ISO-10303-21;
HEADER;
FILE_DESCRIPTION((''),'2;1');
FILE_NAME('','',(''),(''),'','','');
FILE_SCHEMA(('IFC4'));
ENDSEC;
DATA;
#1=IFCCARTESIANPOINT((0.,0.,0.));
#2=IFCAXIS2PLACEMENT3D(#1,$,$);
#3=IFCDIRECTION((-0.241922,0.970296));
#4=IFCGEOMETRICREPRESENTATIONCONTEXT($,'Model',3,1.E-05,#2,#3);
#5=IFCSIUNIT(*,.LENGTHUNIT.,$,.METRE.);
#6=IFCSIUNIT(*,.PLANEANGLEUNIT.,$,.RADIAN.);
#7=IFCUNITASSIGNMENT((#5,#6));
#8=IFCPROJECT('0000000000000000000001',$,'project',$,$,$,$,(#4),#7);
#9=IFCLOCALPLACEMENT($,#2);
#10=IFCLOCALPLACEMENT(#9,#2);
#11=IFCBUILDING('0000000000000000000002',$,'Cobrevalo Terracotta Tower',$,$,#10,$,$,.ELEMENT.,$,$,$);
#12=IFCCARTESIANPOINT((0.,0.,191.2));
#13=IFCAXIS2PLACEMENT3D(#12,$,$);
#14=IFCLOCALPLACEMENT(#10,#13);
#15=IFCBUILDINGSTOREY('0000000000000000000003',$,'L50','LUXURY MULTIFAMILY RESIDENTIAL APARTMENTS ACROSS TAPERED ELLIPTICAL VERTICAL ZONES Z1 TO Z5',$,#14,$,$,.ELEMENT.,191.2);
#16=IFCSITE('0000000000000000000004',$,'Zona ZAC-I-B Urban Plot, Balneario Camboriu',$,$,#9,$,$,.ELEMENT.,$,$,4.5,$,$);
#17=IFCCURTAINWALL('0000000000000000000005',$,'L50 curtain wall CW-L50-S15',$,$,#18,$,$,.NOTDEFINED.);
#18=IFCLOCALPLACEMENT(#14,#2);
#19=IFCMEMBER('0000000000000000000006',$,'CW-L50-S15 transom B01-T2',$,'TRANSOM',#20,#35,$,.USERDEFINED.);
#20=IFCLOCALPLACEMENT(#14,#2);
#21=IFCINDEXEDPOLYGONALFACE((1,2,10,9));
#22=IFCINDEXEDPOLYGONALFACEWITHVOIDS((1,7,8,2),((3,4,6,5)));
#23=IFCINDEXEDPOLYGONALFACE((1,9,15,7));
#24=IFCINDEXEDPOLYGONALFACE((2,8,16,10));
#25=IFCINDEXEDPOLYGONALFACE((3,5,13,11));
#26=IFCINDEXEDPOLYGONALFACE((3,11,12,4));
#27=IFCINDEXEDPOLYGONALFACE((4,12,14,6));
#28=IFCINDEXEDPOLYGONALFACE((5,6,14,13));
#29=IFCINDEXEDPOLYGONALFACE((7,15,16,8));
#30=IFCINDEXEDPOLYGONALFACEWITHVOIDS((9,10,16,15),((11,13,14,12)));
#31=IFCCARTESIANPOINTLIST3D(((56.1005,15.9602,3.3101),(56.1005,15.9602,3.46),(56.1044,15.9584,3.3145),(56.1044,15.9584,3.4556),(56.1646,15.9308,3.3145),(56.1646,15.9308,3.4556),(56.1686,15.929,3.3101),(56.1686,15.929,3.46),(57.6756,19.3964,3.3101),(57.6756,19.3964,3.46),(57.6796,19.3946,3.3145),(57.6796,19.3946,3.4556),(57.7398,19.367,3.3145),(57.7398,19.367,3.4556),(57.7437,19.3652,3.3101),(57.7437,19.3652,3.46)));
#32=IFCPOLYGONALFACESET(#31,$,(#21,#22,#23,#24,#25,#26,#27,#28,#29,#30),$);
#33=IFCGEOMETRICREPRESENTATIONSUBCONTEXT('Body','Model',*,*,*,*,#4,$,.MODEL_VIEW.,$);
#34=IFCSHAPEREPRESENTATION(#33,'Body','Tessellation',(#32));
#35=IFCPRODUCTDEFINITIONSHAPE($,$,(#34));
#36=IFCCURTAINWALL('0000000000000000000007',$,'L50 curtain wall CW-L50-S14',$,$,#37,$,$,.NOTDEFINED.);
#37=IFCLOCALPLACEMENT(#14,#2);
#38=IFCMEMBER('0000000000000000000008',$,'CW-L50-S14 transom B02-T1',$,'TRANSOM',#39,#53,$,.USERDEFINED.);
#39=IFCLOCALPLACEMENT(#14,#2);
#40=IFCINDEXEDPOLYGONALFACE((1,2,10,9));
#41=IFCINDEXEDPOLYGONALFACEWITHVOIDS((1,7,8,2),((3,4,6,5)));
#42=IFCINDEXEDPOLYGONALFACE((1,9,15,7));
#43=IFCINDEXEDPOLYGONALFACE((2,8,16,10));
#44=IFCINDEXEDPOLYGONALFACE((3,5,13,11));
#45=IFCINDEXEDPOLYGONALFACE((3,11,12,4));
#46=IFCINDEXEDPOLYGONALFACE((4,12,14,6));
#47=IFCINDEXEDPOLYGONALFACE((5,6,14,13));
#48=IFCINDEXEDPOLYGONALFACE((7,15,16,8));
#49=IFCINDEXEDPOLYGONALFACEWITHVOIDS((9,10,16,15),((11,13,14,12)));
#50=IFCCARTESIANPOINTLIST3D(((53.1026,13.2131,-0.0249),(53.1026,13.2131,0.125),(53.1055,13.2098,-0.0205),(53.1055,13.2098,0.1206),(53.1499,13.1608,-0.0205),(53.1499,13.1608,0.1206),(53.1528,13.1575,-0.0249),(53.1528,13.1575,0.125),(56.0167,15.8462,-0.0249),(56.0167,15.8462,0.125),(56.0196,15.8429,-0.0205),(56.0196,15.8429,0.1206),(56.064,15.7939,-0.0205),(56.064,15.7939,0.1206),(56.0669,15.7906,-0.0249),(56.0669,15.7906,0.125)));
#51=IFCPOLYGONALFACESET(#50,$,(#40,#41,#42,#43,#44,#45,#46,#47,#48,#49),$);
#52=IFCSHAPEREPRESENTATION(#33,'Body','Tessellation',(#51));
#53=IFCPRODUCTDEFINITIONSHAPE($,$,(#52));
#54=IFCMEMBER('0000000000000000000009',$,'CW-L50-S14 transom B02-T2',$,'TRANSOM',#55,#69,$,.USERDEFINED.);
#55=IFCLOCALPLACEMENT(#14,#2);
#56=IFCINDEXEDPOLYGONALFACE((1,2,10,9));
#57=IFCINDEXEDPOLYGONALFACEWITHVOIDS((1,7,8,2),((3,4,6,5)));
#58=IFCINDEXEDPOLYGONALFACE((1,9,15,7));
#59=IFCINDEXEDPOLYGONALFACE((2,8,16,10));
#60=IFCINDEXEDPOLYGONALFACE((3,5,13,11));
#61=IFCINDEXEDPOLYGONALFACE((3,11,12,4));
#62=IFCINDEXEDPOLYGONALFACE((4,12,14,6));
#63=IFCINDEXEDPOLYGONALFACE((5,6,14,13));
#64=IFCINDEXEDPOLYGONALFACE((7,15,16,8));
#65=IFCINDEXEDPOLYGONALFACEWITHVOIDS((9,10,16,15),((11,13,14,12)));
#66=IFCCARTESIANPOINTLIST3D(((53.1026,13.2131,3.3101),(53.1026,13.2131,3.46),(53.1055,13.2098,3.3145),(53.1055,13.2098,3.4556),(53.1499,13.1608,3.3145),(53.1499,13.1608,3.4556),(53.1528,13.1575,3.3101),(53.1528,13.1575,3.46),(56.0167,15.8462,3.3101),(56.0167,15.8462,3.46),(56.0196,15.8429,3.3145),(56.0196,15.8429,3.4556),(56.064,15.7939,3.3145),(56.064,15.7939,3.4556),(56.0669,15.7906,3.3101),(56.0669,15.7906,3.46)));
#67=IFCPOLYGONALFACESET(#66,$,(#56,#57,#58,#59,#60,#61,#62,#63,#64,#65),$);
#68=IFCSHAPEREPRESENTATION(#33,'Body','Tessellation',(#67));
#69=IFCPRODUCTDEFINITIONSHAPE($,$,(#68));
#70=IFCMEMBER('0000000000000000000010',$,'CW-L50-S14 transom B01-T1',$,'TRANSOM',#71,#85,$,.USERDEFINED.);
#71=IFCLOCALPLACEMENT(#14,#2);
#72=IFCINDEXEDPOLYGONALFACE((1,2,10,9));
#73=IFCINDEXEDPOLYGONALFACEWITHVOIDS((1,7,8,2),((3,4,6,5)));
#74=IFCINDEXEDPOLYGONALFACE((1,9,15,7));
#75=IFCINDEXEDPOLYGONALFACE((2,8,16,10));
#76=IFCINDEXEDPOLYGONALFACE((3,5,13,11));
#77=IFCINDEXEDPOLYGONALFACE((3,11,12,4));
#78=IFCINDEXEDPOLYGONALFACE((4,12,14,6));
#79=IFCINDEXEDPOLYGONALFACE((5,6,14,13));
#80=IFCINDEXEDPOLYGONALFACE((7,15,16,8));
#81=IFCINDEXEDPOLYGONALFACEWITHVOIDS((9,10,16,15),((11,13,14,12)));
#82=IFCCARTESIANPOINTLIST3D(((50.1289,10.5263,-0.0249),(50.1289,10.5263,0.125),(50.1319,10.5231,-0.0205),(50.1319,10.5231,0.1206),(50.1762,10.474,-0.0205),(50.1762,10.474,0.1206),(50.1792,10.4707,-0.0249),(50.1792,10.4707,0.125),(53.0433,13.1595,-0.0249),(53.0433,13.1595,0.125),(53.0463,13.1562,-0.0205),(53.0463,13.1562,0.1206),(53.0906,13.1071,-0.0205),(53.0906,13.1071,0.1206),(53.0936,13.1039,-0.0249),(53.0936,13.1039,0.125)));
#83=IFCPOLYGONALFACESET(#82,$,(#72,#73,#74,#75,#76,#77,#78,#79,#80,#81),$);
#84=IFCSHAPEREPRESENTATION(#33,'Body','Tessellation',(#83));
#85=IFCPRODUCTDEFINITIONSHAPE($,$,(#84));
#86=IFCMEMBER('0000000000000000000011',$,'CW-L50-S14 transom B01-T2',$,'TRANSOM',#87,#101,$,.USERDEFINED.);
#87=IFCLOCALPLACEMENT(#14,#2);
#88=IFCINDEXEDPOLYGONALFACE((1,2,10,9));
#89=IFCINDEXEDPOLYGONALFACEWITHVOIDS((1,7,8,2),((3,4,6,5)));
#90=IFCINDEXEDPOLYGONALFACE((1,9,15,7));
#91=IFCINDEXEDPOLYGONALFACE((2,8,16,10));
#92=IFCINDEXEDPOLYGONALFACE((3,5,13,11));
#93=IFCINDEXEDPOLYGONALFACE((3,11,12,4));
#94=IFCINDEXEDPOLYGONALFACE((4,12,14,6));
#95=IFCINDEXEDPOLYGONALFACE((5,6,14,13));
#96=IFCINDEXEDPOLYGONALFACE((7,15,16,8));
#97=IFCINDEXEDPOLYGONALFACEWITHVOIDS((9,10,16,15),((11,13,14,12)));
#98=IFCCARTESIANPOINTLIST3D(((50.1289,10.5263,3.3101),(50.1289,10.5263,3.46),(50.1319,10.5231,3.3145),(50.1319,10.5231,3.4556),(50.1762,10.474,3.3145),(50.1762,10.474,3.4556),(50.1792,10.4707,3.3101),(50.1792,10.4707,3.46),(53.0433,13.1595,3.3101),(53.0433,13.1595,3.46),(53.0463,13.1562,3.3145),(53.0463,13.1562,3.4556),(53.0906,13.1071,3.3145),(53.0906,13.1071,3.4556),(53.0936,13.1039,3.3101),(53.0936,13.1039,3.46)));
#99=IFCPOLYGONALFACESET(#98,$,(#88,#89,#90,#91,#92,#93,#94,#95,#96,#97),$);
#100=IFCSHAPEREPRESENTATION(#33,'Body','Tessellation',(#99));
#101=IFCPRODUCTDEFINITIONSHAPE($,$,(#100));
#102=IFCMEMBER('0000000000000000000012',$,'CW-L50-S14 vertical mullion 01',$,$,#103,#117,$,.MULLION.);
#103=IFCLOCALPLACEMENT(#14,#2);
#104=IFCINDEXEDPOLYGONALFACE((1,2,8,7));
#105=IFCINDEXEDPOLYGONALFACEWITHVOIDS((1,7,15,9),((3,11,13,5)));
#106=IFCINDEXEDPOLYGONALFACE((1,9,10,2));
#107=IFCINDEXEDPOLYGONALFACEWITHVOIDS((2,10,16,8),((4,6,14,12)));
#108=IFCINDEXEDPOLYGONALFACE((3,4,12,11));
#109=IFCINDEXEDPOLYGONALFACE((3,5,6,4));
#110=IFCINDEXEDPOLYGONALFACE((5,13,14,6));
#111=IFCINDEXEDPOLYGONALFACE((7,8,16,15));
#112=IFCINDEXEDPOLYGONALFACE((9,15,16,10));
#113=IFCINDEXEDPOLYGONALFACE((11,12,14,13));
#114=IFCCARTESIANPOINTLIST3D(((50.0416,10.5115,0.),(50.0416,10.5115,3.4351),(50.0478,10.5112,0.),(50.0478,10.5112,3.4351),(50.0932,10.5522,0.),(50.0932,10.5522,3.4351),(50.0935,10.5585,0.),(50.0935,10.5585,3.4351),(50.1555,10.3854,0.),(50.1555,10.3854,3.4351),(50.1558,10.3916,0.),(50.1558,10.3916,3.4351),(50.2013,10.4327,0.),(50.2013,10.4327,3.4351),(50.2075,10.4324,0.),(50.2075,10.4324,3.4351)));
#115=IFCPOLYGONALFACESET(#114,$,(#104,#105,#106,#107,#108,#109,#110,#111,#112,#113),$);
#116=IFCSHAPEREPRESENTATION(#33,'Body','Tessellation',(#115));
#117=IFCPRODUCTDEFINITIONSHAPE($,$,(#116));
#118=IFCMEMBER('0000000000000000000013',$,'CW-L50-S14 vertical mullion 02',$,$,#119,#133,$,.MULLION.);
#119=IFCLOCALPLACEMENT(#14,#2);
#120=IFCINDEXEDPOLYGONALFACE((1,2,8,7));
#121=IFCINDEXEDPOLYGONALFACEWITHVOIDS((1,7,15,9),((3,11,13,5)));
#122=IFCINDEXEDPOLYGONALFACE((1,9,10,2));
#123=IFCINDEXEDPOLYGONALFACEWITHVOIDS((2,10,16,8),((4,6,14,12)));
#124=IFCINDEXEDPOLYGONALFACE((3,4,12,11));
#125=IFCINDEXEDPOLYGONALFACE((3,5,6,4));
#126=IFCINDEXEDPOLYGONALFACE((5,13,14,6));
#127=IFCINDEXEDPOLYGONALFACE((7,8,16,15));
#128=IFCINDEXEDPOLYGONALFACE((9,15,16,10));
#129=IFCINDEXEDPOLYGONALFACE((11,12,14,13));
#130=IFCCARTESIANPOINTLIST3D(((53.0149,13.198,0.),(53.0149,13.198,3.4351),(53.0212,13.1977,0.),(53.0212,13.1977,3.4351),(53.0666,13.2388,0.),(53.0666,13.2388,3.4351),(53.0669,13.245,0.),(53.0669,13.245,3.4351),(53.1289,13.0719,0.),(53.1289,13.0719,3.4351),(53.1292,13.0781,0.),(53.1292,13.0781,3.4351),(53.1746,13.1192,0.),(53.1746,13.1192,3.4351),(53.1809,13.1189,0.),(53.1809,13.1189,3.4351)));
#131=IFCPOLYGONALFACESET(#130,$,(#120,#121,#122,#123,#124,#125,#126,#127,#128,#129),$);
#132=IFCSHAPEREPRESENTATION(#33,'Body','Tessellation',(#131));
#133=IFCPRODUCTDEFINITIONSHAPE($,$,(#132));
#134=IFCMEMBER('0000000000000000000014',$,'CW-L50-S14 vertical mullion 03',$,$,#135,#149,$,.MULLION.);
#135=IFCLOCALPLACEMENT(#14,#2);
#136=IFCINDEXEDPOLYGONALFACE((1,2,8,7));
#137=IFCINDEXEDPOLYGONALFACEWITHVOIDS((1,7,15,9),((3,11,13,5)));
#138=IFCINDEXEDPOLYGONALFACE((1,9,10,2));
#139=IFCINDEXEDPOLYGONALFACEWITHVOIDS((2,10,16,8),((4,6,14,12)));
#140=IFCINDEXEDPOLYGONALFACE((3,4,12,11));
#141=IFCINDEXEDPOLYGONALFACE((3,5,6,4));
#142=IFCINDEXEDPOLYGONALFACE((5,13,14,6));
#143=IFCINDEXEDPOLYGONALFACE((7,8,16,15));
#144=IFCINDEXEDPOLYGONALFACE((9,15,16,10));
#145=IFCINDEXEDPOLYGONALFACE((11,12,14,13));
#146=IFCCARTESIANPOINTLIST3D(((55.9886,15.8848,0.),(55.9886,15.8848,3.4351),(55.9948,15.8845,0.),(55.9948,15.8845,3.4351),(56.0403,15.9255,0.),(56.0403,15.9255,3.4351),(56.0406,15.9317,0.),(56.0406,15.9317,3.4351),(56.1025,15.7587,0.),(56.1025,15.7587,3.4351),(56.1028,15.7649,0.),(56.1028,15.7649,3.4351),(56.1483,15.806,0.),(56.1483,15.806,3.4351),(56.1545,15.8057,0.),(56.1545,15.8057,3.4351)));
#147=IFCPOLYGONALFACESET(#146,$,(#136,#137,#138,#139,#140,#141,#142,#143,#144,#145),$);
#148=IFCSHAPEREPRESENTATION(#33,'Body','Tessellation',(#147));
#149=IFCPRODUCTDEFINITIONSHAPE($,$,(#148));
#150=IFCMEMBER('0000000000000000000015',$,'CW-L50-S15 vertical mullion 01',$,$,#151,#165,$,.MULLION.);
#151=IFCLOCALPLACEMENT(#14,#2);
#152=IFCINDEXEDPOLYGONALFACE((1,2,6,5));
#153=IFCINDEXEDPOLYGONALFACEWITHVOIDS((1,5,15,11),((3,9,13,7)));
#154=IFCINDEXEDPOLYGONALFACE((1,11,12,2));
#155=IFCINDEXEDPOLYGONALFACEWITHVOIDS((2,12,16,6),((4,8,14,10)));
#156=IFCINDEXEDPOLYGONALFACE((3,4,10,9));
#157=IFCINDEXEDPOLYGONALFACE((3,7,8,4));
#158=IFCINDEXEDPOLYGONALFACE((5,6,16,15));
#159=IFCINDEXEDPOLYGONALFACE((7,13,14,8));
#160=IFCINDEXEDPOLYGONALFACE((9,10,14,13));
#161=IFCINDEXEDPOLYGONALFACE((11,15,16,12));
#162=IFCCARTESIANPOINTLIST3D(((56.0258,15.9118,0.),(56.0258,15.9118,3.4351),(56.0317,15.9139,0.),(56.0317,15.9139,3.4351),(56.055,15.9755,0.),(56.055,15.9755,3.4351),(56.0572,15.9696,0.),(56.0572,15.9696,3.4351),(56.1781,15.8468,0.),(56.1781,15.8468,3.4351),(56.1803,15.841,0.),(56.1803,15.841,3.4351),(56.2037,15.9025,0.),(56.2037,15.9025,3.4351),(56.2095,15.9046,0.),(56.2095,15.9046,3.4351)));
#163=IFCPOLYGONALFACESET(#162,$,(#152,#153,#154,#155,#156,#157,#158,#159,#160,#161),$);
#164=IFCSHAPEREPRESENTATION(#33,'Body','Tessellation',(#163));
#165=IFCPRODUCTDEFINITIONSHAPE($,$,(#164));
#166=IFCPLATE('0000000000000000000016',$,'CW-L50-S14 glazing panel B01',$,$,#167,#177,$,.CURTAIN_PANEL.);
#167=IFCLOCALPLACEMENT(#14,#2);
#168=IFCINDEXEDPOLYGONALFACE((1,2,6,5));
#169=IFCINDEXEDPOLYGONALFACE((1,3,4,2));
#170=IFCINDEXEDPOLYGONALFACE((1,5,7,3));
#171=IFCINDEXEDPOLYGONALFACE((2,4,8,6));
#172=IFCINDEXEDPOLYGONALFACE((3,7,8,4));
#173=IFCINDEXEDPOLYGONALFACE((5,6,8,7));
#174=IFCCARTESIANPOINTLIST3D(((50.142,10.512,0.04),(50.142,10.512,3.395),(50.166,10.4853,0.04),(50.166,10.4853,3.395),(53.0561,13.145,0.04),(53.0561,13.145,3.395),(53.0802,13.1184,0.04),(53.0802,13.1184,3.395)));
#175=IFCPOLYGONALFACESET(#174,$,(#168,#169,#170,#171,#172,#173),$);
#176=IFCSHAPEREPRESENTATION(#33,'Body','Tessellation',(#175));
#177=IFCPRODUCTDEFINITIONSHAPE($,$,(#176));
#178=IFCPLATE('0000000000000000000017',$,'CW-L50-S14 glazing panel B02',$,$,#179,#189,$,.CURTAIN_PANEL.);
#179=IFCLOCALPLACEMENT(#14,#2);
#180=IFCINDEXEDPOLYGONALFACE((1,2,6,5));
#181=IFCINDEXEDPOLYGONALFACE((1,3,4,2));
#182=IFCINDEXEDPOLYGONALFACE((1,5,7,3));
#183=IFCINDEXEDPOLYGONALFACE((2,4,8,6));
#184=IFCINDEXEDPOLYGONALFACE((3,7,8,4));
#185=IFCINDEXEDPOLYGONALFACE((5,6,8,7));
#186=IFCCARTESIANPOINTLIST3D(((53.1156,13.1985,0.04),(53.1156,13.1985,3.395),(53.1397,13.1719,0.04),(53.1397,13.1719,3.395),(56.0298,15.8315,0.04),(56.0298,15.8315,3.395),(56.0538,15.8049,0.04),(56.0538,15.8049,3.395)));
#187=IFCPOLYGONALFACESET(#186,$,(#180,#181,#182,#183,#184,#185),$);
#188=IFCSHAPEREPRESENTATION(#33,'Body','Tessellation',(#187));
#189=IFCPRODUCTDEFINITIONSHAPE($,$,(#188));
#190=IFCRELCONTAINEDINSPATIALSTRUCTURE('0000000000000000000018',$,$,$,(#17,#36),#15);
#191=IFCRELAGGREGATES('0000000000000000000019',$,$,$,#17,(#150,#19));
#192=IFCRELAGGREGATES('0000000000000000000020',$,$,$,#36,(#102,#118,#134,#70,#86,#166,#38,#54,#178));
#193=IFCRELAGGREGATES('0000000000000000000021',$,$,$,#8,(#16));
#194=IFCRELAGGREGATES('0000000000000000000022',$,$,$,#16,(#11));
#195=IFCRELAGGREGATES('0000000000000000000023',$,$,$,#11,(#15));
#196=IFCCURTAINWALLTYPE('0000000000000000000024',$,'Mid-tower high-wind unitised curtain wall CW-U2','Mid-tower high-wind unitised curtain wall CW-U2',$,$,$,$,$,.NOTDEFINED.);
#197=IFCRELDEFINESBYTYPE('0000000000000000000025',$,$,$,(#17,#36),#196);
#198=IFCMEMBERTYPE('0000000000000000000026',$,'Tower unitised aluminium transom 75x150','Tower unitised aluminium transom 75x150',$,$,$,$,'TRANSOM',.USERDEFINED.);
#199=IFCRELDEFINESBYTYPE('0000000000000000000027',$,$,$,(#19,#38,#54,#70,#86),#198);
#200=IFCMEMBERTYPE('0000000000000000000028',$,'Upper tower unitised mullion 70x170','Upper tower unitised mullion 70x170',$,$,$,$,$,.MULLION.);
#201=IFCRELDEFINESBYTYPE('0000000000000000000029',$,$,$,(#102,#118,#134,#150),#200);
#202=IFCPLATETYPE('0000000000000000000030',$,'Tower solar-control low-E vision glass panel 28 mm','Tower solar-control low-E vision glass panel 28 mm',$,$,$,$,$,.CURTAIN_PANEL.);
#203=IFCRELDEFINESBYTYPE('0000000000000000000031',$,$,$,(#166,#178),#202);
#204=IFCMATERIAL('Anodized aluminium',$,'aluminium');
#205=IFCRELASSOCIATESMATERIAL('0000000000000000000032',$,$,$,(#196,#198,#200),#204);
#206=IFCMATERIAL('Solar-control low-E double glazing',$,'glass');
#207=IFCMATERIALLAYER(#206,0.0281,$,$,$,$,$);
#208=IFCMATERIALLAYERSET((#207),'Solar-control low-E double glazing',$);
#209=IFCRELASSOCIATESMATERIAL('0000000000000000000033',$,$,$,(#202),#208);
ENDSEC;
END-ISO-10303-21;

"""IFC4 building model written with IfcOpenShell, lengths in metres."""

from ifc_helpers import new_model, si_unit, direction, frame, origin, origin_2d, place, context, subcontext, project, spatial, rectangle, hollow_rectangle, extrude, source, transform, mapped, material, layer, layer_set, material_profile, profile_set, type_object, element, aggregate, save


model = new_model("IFC4")

# Units and contexts
model_context = context("Model", 3, precision=1e-05, world=origin(), true_north=direction((-0.241922, 0.970296)))
body_context = subcontext(model_context, "Body", "Model", "MODEL_VIEW")
ifc_project = project(units=[si_unit("LENGTHUNIT", "METRE"), si_unit("PLANEANGLEUNIT", "RADIAN")], contexts=[model_context])

# Site, building, storey
site_placement = place(None, origin())
site = spatial("IfcSite", under=ifc_project, at=site_placement, Name="Zona ZAC-I-B Urban Plot, Balneario Camboriu", CompositionType="ELEMENT", RefElevation=4.5)
building_placement = place(site_placement, origin())
building = spatial("IfcBuilding", under=site, at=building_placement, Name="Cobrevalo Terracotta Tower", CompositionType="ELEMENT")
storey_placement = place(building_placement, frame((0.0, 0.0, 191.2)))
storey = spatial("IfcBuildingStorey", under=building, at=storey_placement, Name="L50", Description="LUXURY MULTIFAMILY RESIDENTIAL APARTMENTS ACROSS TAPERED ELLIPTICAL VERTICAL ZONES Z1 TO Z5", CompositionType="ELEMENT", Elevation=191.2)

# Curtain walls, members
ifc_material_1 = material(Name="Anodized aluminium", Category="aluminium")
curtain_wall_type = type_object("IfcCurtainWallType", Name="Mid-tower high-wind unitised curtain wall CW-U2", Description="Mid-tower high-wind unitised curtain wall CW-U2", PredefinedType="NOTDEFINED", material=ifc_material_1)
curtain_wall_1_placement = place(storey_placement, origin())
curtain_wall_1 = element("IfcCurtainWall", 1, at=curtain_wall_1_placement, inside=storey, type_object=curtain_wall_type, Name="L50 curtain wall CW-L50-S15", PredefinedType="NOTDEFINED")
ifc_material_profile_1 = material_profile(ifc_material_1, hollow_rectangle(XDim=0.075, YDim=0.1499, WallThickness=0.0044, at=origin_2d()), Name="CWT 75x150")
ifc_profile_set_1 = profile_set([ifc_material_profile_1], Name="Anodized aluminium")
member_type_1 = type_object("IfcMemberType", Name="Tower unitised aluminium transom 75x150", Description="Tower unitised aluminium transom 75x150", ElementType="TRANSOM", PredefinedType="USERDEFINED", material=ifc_profile_set_1)
shared_shape_1 = source(origin(), body_context, "Body", "SweptSolid", [
    extrude(hollow_rectangle(XDim=0.075, YDim=0.1499, WallThickness=0.0044, at=origin_2d()), origin(), (0.0, 0.0, 1.0), 3.78),
])
member_1_placement = place(storey_placement, frame((56.1345, 15.9446, 3.385), z_axis=(0.416706, 0.909041, 0.0), x_axis=(-0.909041, 0.416706, 0.0)))
member_1 = element("IfcMember", 2, at=member_1_placement, type_object=member_type_1, Name="CW-L50-S15 transom B01-T2", ObjectType="TRANSOM", PredefinedType="USERDEFINED", context=body_context, shape_type="MappedRepresentation", body=[
    mapped(shared_shape_1, transform((0.0, 0.0, 0.0), scale=1.0)),
])
curtain_wall_2_placement = place(storey_placement, origin())
curtain_wall_2 = element("IfcCurtainWall", 3, at=curtain_wall_2_placement, inside=storey, type_object=curtain_wall_type, Name="L50 curtain wall CW-L50-S14", PredefinedType="NOTDEFINED")
shared_shape_2 = source(origin(), body_context, "Body", "SweptSolid", [
    extrude(hollow_rectangle(XDim=0.075, YDim=0.1499, WallThickness=0.0044, at=origin_2d()), origin(), (0.0, 0.0, 1.0), 3.9275),
])
member_2_placement = place(storey_placement, frame((53.1277, 13.1853, 0.05), z_axis=(0.741976, 0.670426, 0.0), x_axis=(-0.670426, 0.741976, 0.0)))
member_2 = element("IfcMember", 4, at=member_2_placement, type_object=member_type_1, Name="CW-L50-S14 transom B02-T1", ObjectType="TRANSOM", PredefinedType="USERDEFINED", context=body_context, shape_type="MappedRepresentation", body=[
    mapped(shared_shape_2, transform((0.0, 0.0, 0.0), scale=1.0)),
])
member_3_placement = place(storey_placement, frame((53.1277, 13.1853, 3.385), z_axis=(0.741976, 0.670426, 0.0), x_axis=(-0.670426, 0.741976, 0.0)))
member_3 = element("IfcMember", 5, at=member_3_placement, type_object=member_type_1, Name="CW-L50-S14 transom B02-T2", ObjectType="TRANSOM", PredefinedType="USERDEFINED", context=body_context, shape_type="MappedRepresentation", body=[
    mapped(shared_shape_2, transform((0.0, 0.0, 0.0), scale=1.0)),
])
shared_shape_3 = source(origin(), body_context, "Body", "SweptSolid", [
    extrude(hollow_rectangle(XDim=0.075, YDim=0.1499, WallThickness=0.0044, at=origin_2d()), origin(), (0.0, 0.0, 1.0), 3.9277),
])
member_4_placement = place(storey_placement, frame((50.1541, 10.4985, 0.05), z_axis=(0.742004, 0.670396, 0.0), x_axis=(-0.670396, 0.742004, 0.0)))
member_4 = element("IfcMember", 6, at=member_4_placement, type_object=member_type_1, Name="CW-L50-S14 transom B01-T1", ObjectType="TRANSOM", PredefinedType="USERDEFINED", context=body_context, shape_type="MappedRepresentation", body=[
    mapped(shared_shape_3, transform((0.0, 0.0, 0.0), scale=1.0)),
])
member_5_placement = place(storey_placement, frame((50.1541, 10.4985, 3.385), z_axis=(0.742004, 0.670396, 0.0), x_axis=(-0.670396, 0.742004, 0.0)))
member_5 = element("IfcMember", 7, at=member_5_placement, type_object=member_type_1, Name="CW-L50-S14 transom B01-T2", ObjectType="TRANSOM", PredefinedType="USERDEFINED", context=body_context, shape_type="MappedRepresentation", body=[
    mapped(shared_shape_3, transform((0.0, 0.0, 0.0), scale=1.0)),
])
ifc_material_profile_2 = material_profile(ifc_material_1, hollow_rectangle(XDim=0.0701, YDim=0.1699, WallThickness=0.0044, at=origin_2d()), Name="CWM 70x170")
ifc_profile_set_2 = profile_set([ifc_material_profile_2], Name="Anodized aluminium")
member_type_2 = type_object("IfcMemberType", Name="Upper tower unitised mullion 70x170", Description="Upper tower unitised mullion 70x170", PredefinedType="MULLION", material=ifc_profile_set_2)
shared_shape_4 = source(origin(), body_context, "Body", "SweptSolid", [
    extrude(hollow_rectangle(XDim=0.0701, YDim=0.1699, WallThickness=0.0044, at=origin_2d()), origin(), (0.0, 0.0, 1.0), 3.4351),
])
member_6_placement = place(storey_placement, frame((50.1245, 10.4719, 0.0), z_axis=(0.0, 0.0, 1.0), x_axis=(0.741988, 0.670414, 0.0)))
member_6 = element("IfcMember", 8, at=member_6_placement, type_object=member_type_2, Name="CW-L50-S14 vertical mullion 01", PredefinedType="MULLION", context=body_context, shape_type="MappedRepresentation", body=[
    mapped(shared_shape_4, transform((0.0, 0.0, 0.0), scale=1.0)),
])
member_7_placement = place(storey_placement, frame((53.0979, 13.1584, 0.0), z_axis=(0.0, 0.0, 1.0), x_axis=(0.741988, 0.670414, 0.0)))
member_7 = element("IfcMember", 9, at=member_7_placement, type_object=member_type_2, Name="CW-L50-S14 vertical mullion 02", PredefinedType="MULLION", context=body_context, shape_type="MappedRepresentation", body=[
    mapped(shared_shape_4, transform((0.0, 0.0, 0.0), scale=1.0)),
])
member_8_placement = place(storey_placement, frame((56.0715, 15.8452, 0.0), z_axis=(0.0, 0.0, 1.0), x_axis=(0.741988, 0.670414, 0.0)))
member_8 = element("IfcMember", 10, at=member_8_placement, type_object=member_type_2, Name="CW-L50-S14 vertical mullion 03", PredefinedType="MULLION", context=body_context, shape_type="MappedRepresentation", body=[
    mapped(shared_shape_4, transform((0.0, 0.0, 0.0), scale=1.0)),
])

# Member
member_9_placement = place(storey_placement, frame((56.1177, 15.9082, 0.0), z_axis=(0.0, 0.0, 1.0), x_axis=(0.416725, 0.909033, 0.0)))
member_9 = element("IfcMember", 11, at=member_9_placement, type_object=member_type_2, Name="CW-L50-S15 vertical mullion 01", PredefinedType="MULLION", context=body_context, shape_type="MappedRepresentation", body=[
    mapped(shared_shape_4, transform((0.0, 0.0, 0.0), scale=1.0)),
])
aggregate(curtain_wall_1, [member_9, member_1])

# Plates
ifc_material_2 = material(Name="Solar-control low-E double glazing", Category="glass")
ifc_layer_1 = layer(ifc_material_2, 0.0281)
ifc_layer_set_1 = layer_set([ifc_layer_1], Name="Solar-control low-E double glazing")
plate_type = type_object("IfcPlateType", Name="Tower solar-control low-E vision glass panel 28 mm", Description="Tower solar-control low-E vision glass panel 28 mm", PredefinedType="CURTAIN_PANEL", material=ifc_layer_set_1)
shared_shape_5 = source(origin(), body_context, "Body", "SweptSolid", [
    extrude(rectangle(XDim=3.9275, YDim=0.0359, at=origin_2d()), origin(), (0.0, 0.0, 1.0), 3.355),
])
plate_1_placement = place(storey_placement, frame((51.6111, 11.8152, 0.04), z_axis=(0.0, 0.0, 1.0), x_axis=(0.741988, 0.670414, 0.0)))
plate_1 = element("IfcPlate", 12, at=plate_1_placement, type_object=plate_type, Name="CW-L50-S14 glazing panel B01", PredefinedType="CURTAIN_PANEL", context=body_context, shape_type="MappedRepresentation", body=[
    mapped(shared_shape_5, transform((0.0, 0.0, 0.0), scale=1.0)),
])
plate_2_placement = place(storey_placement, frame((54.5847, 14.5017, 0.04), z_axis=(0.0, 0.0, 1.0), x_axis=(0.741988, 0.670414, 0.0)))
plate_2 = element("IfcPlate", 13, at=plate_2_placement, type_object=plate_type, Name="CW-L50-S14 glazing panel B02", PredefinedType="CURTAIN_PANEL", context=body_context, shape_type="MappedRepresentation", body=[
    mapped(shared_shape_5, transform((0.0, 0.0, 0.0), scale=1.0)),
])
aggregate(curtain_wall_2, [member_6, member_7, member_8, member_4, member_5, plate_1, member_2, member_3, plate_2])

save(model, "model.ifc")
